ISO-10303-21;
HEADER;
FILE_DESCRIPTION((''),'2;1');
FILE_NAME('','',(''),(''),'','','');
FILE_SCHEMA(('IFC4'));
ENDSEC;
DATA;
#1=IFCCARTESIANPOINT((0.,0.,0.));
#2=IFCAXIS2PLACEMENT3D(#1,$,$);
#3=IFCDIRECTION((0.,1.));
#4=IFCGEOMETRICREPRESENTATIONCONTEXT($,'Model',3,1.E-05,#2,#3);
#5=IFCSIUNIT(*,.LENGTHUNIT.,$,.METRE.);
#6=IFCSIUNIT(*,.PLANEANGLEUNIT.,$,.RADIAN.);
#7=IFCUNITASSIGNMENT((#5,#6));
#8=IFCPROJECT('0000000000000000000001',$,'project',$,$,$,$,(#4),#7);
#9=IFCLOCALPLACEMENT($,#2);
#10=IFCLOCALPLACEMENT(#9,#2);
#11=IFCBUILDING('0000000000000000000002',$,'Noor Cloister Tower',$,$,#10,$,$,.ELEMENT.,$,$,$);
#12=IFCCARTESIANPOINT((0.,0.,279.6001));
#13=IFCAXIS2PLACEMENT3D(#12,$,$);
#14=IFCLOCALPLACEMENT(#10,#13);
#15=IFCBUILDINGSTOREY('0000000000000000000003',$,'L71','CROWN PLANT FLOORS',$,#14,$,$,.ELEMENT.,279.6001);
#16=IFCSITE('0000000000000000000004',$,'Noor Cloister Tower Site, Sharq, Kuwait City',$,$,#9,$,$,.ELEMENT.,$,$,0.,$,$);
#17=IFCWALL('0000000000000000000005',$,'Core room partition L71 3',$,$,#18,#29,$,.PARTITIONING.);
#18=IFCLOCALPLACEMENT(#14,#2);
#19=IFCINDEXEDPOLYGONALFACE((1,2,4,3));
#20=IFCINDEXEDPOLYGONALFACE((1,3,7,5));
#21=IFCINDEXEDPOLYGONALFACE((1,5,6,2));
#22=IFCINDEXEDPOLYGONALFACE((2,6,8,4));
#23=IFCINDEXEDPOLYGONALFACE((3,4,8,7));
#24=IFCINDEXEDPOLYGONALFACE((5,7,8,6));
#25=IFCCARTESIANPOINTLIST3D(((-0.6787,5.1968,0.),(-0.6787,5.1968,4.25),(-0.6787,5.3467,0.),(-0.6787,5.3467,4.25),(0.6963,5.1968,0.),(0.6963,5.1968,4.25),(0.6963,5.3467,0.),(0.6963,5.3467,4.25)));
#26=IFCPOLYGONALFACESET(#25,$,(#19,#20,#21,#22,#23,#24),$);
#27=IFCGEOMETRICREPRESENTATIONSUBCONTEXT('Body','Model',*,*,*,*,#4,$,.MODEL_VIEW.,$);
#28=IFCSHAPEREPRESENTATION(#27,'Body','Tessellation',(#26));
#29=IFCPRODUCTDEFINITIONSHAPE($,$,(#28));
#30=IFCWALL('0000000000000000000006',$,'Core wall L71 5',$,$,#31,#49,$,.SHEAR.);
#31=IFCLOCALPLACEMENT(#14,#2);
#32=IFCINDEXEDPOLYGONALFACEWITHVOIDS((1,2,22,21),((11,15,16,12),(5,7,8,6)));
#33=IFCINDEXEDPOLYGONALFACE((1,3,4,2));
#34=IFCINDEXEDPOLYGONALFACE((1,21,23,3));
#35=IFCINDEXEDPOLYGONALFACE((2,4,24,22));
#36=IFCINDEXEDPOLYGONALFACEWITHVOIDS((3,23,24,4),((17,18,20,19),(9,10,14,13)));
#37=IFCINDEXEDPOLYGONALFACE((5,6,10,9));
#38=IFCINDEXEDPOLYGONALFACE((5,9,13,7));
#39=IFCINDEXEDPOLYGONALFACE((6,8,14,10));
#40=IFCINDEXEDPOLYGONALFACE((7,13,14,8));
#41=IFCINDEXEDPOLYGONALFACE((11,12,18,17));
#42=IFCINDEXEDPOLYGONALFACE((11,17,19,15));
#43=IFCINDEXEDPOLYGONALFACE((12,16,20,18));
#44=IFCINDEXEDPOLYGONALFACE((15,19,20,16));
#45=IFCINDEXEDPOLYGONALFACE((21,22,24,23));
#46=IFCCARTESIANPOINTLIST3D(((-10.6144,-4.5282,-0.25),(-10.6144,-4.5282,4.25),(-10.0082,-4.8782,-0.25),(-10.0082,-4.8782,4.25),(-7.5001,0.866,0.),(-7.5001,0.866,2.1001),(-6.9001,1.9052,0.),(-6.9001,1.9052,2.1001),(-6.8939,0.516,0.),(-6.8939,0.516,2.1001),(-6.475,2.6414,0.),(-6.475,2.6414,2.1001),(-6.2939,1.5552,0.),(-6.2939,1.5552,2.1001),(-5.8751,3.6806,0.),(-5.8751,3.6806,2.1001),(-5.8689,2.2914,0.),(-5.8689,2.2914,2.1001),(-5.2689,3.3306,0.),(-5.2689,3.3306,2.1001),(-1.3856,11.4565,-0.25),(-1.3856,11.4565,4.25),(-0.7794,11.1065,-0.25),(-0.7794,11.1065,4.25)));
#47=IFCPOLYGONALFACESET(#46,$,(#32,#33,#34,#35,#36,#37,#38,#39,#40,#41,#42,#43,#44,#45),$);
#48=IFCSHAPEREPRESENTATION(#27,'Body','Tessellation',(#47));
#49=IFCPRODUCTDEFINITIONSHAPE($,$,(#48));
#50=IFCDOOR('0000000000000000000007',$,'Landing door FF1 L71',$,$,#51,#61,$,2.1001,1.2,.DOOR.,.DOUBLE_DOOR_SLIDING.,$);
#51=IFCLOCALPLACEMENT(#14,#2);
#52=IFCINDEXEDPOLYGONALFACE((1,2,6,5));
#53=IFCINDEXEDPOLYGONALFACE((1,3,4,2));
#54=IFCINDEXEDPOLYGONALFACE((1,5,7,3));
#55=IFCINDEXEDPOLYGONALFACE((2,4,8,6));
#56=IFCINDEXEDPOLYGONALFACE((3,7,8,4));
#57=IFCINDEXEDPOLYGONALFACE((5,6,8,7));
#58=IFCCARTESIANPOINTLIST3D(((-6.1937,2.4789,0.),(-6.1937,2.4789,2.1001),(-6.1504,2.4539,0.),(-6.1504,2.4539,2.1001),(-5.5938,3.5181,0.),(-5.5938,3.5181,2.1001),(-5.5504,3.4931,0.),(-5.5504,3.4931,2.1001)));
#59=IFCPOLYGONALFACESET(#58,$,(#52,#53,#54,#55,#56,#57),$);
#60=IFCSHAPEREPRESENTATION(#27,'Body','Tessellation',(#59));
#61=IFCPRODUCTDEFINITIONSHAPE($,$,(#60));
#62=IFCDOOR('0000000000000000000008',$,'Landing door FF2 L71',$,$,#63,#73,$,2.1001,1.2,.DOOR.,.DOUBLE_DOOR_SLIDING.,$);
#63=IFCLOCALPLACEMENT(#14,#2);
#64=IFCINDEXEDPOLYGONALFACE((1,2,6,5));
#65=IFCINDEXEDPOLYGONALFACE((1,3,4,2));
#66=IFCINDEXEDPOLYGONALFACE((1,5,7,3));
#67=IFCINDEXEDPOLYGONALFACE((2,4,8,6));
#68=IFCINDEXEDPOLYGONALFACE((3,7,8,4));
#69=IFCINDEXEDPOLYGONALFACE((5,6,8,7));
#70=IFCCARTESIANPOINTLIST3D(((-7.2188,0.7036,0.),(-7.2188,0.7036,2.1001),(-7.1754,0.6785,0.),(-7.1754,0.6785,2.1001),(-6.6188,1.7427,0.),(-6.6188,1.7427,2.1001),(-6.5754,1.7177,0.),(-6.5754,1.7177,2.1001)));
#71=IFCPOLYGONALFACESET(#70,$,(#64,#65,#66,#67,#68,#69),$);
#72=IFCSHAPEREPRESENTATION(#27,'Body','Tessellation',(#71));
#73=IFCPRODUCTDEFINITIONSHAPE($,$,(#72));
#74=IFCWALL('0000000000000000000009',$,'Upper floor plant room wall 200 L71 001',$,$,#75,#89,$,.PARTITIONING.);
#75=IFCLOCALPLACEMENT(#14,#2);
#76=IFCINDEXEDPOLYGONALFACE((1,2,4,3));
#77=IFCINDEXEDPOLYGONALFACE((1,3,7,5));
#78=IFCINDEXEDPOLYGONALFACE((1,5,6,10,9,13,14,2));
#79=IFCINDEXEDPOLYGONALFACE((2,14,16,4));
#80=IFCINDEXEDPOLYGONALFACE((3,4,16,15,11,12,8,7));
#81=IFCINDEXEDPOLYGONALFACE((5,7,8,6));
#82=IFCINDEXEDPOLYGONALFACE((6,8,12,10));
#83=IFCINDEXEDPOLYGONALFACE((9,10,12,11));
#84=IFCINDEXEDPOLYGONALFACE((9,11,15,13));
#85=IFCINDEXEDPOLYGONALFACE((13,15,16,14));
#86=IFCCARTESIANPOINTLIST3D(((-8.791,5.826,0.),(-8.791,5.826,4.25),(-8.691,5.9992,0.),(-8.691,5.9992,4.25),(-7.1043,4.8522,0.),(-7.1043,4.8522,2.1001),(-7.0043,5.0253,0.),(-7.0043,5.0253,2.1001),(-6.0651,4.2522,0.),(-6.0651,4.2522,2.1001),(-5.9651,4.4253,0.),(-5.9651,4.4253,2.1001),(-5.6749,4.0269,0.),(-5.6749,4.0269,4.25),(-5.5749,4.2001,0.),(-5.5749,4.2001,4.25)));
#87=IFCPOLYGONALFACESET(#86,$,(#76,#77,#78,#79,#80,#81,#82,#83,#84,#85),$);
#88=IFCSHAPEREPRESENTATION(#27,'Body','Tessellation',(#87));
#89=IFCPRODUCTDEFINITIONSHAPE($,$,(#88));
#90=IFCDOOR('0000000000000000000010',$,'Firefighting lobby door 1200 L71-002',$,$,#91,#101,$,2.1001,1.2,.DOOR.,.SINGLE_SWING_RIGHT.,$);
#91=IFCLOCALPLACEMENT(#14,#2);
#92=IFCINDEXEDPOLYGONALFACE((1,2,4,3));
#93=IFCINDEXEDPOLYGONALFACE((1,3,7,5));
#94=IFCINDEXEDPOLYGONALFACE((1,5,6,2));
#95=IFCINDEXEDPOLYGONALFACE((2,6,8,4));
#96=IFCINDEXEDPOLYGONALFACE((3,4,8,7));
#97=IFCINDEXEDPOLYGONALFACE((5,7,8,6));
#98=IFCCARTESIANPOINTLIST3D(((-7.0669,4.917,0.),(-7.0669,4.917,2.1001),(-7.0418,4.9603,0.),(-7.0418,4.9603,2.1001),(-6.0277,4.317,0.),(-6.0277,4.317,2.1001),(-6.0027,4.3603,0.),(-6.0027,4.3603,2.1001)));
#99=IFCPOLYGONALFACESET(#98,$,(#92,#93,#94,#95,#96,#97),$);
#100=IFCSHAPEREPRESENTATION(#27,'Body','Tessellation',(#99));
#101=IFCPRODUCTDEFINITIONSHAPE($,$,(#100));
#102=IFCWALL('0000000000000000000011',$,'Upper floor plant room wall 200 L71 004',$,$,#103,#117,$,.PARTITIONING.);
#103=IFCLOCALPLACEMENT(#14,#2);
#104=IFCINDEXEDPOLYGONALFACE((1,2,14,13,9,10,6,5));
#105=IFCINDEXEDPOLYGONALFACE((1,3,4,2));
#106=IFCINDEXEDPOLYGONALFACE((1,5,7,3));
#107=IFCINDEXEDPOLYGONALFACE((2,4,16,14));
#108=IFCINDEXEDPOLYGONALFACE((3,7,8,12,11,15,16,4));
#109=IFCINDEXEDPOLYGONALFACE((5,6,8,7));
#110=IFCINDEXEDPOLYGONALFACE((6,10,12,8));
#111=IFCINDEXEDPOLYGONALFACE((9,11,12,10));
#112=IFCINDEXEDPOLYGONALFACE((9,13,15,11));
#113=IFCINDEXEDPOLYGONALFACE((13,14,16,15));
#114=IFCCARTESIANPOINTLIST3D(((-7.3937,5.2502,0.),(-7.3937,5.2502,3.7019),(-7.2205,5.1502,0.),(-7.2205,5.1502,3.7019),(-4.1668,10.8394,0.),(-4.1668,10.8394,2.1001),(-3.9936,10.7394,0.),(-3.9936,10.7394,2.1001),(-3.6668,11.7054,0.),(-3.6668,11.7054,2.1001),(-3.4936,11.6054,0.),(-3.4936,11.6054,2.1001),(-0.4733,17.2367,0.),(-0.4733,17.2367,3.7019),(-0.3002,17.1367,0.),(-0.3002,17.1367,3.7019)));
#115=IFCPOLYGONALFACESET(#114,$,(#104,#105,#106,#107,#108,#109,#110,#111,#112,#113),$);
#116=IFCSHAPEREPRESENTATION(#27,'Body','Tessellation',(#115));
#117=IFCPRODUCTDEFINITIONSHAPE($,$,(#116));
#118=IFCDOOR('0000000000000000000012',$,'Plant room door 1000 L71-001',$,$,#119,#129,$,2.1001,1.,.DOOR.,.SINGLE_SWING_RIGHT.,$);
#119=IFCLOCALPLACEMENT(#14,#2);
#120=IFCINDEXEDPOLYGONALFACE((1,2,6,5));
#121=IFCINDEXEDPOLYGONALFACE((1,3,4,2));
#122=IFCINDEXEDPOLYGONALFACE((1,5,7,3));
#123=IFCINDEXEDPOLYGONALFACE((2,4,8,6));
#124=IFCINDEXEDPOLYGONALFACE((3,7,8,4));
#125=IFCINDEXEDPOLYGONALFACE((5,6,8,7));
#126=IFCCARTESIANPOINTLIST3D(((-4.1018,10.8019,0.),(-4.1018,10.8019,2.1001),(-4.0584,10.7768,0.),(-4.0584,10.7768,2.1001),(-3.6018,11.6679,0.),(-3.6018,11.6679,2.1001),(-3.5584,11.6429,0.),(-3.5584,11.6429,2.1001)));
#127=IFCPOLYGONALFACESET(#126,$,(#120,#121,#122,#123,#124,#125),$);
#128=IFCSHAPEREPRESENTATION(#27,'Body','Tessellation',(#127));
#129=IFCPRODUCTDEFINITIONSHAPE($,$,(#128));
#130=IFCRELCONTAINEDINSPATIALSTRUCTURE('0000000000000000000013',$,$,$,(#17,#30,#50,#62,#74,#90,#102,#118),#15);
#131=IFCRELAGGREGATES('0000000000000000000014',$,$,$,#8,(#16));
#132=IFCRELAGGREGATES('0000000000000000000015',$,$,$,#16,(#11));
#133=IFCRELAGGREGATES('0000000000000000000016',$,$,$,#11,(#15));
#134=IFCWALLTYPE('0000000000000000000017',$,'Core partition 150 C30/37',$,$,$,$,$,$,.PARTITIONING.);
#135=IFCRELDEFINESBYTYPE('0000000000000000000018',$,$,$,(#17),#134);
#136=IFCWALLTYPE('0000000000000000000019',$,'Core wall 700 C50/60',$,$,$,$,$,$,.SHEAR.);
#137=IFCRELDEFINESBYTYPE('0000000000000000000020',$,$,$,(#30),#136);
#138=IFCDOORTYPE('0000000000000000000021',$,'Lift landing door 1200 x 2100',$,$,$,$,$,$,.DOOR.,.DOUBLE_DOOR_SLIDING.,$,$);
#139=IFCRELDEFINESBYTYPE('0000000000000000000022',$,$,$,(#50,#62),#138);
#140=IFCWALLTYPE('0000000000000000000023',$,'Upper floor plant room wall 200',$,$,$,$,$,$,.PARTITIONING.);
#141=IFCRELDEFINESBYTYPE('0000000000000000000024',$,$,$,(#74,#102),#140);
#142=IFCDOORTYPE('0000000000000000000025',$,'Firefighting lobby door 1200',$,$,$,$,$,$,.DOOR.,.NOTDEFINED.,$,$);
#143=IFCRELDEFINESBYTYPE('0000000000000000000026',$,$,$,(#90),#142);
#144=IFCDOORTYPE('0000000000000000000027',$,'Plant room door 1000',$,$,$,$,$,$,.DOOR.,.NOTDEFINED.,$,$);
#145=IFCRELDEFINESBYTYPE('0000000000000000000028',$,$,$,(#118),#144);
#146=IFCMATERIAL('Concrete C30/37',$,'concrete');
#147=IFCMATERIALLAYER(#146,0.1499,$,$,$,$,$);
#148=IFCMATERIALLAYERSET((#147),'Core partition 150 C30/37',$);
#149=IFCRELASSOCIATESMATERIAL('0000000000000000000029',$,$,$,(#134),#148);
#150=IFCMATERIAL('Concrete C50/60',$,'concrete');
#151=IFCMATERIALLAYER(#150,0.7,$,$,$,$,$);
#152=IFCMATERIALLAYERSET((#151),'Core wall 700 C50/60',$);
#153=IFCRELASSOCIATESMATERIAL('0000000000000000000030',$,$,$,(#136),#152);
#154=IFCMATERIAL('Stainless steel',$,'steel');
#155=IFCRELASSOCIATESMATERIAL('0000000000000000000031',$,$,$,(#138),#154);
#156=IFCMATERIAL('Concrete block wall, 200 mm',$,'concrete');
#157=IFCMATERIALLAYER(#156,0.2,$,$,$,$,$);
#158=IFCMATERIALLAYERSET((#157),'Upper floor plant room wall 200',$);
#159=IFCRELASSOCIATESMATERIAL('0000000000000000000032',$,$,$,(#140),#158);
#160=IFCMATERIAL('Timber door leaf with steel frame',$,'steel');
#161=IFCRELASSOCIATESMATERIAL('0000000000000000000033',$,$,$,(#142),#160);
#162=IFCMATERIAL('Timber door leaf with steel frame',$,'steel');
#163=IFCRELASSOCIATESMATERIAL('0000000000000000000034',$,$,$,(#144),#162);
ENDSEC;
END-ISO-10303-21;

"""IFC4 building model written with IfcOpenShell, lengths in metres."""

from ifc_helpers import new_model, si_unit, direction, frame, frame_2d, origin, place, context, subcontext, project, spatial, rectangle, extrude, material, layer, layer_set, type_object, element, fill, save


model = new_model("IFC4")

# Units and contexts
model_context = context("Model", 3, precision=1e-05, world=origin(), true_north=direction((0.0, 1.0)))
body_context = subcontext(model_context, "Body", "Model", "MODEL_VIEW")
ifc_project = project(units=[si_unit("LENGTHUNIT", "METRE"), si_unit("PLANEANGLEUNIT", "RADIAN")], contexts=[model_context])

# Site, building, storey
site_placement = place(None, origin())
site = spatial("IfcSite", under=ifc_project, at=site_placement, Name="Noor Cloister Tower Site, Sharq, Kuwait City", CompositionType="ELEMENT", RefElevation=0.0)
building_placement = place(site_placement, origin())
building = spatial("IfcBuilding", under=site, at=building_placement, Name="Noor Cloister Tower", CompositionType="ELEMENT")
storey_placement = place(building_placement, frame((0.0, 0.0, 279.6001)))
storey = spatial("IfcBuildingStorey", under=building, at=storey_placement, Name="L71", Description="CROWN PLANT FLOORS", CompositionType="ELEMENT", Elevation=279.6001)

# Shared definitions
ifc_material_1 = material(Name="Concrete C30/37", Category="concrete")
ifc_layer_1 = layer(ifc_material_1, 0.1499)
ifc_layer_set_1 = layer_set([ifc_layer_1], Name="Core partition 150 C30/37")
wall_type_1 = type_object("IfcWallType", Name="Core partition 150 C30/37", PredefinedType="PARTITIONING", material=ifc_layer_set_1)

# Wall
wall_1_placement = place(storey_placement, frame((-0.6787, 5.2717, 0.0), z_axis=(0.0, 0.0, 1.0), x_axis=(1.0, 0.0, 0.0)))
element("IfcWall", 1, at=wall_1_placement, inside=storey, type_object=wall_type_1, Name="Core room partition L71 3", PredefinedType="PARTITIONING", context=body_context, shape_type="SweptSolid", body=[
    extrude(rectangle(XDim=1.375, YDim=0.1499, at=frame_2d((0.6875, 0.0))), origin(), (0.0, 0.0, 1.0), 4.25),
])

# Wall, openings, doors
ifc_material_2 = material(Name="Concrete C50/60", Category="concrete")
ifc_layer_2 = layer(ifc_material_2, 0.7)
ifc_layer_set_2 = layer_set([ifc_layer_2], Name="Core wall 700 C50/60")
wall_type_2 = type_object("IfcWallType", Name="Core wall 700 C50/60", PredefinedType="SHEAR", material=ifc_layer_set_2)
wall_2_placement = place(storey_placement, frame((-1.0825, 11.2815, -0.25), z_axis=(0.0, 0.0, 1.0), x_axis=(-0.500001, -0.866025, 0.0)))
wall_2 = element("IfcWall", 2, at=wall_2_placement, inside=storey, type_object=wall_type_2, Name="Core wall L71 5", PredefinedType="SHEAR", context=body_context, shape_type="SweptSolid", body=[
    extrude(rectangle(XDim=18.4575, YDim=0.7, at=frame_2d((9.2288, 0.0))), origin(), (0.0, 0.0, 1.0), 4.5),
])
opening_1_placement = place(wall_2_placement, frame((8.9788, 0.0, 0.25)))
opening_1 = element("IfcOpeningElement", 3, at=opening_1_placement, cuts=wall_2, PredefinedType="OPENING", context=body_context, shape_type="SweptSolid", body=[
    extrude(rectangle(XDim=1.2, YDim=2.1001, at=frame_2d((0.6001, 1.05))), frame((0.0, 0.3599, 0.0), z_axis=(0.0, -1.0, 0.0), x_axis=(1.0, 0.0, 0.0)), (0.0, 0.0, 1.0), 0.72),
])
opening_2_placement = place(wall_2_placement, frame((11.0288, 0.0, 0.25)))
opening_2 = element("IfcOpeningElement", 4, at=opening_2_placement, cuts=wall_2, PredefinedType="OPENING", context=body_context, shape_type="SweptSolid", body=[
    extrude(rectangle(XDim=1.2, YDim=2.1001, at=frame_2d((0.6001, 1.05))), frame((0.0, 0.3599, 0.0), z_axis=(0.0, -1.0, 0.0), x_axis=(1.0, 0.0, 0.0)), (0.0, 0.0, 1.0), 0.72),
])
ifc_material_3 = material(Name="Stainless steel", Category="steel")
door_type_1 = type_object("IfcDoorType", Name="Lift landing door 1200 x 2100", OperationType="DOUBLE_DOOR_SLIDING", PredefinedType="DOOR", material=ifc_material_3)
door_1_placement = place(opening_1_placement, origin())
door_1 = element("IfcDoor", 5, at=door_1_placement, inside=storey, type_object=door_type_1, Name="Landing door FF1 L71", OperationType="DOUBLE_DOOR_SLIDING", OverallHeight=2.1001, OverallWidth=1.2, PredefinedType="DOOR", context=body_context, shape_type="SweptSolid", body=[
    extrude(rectangle(XDim=1.2, YDim=2.1001, at=frame_2d((0.6001, 1.05))), frame((0.0, 0.0249, 0.0), z_axis=(0.0, -1.0, 0.0), x_axis=(1.0, 0.0, 0.0)), (0.0, 0.0, 1.0), 0.05),
])
fill(opening_1, door_1)
door_2_placement = place(opening_2_placement, origin())
door_2 = element("IfcDoor", 6, at=door_2_placement, inside=storey, type_object=door_type_1, Name="Landing door FF2 L71", OperationType="DOUBLE_DOOR_SLIDING", OverallHeight=2.1001, OverallWidth=1.2, PredefinedType="DOOR", context=body_context, shape_type="SweptSolid", body=[
    extrude(rectangle(XDim=1.2, YDim=2.1001, at=frame_2d((0.6001, 1.05))), frame((0.0, 0.0249, 0.0), z_axis=(0.0, -1.0, 0.0), x_axis=(1.0, 0.0, 0.0)), (0.0, 0.0, 1.0), 0.05),
])
fill(opening_2, door_2)

# Walls, openings, doors
ifc_material_4 = material(Name="Concrete block wall, 200 mm", Category="concrete")
ifc_layer_3 = layer(ifc_material_4, 0.2)
ifc_layer_set_3 = layer_set([ifc_layer_3], Name="Upper floor plant room wall 200")
wall_type_3 = type_object("IfcWallType", Name="Upper floor plant room wall 200", PredefinedType="PARTITIONING", material=ifc_layer_set_3)
wall_3_placement = place(storey_placement, frame((-8.741, 5.9126, 0.0), z_axis=(0.0, 0.0, 1.0), x_axis=(0.866017, -0.500014, 0.0)))
wall_3 = element("IfcWall", 7, at=wall_3_placement, inside=storey, type_object=wall_type_3, Name="Upper floor plant room wall 200 L71 001", PredefinedType="PARTITIONING", context=body_context, shape_type="SweptSolid", body=[
    extrude(rectangle(XDim=3.5981, YDim=0.2, at=frame_2d((1.7991, 0.0))), origin(), (0.0, 0.0, 1.0), 4.25),
])
opening_3_placement = place(wall_3_placement, frame((1.9475, 0.0, 0.0)))
opening_3 = element("IfcOpeningElement", 8, at=opening_3_placement, cuts=wall_3, PredefinedType="OPENING", context=body_context, shape_type="SweptSolid", body=[
    extrude(rectangle(XDim=1.2, YDim=2.1001, at=frame_2d((0.6001, 1.05))), frame((0.0, 0.1099, 0.0), z_axis=(0.0, -1.0, 0.0), x_axis=(1.0, 0.0, 0.0)), (0.0, 0.0, 1.0), 0.22),
])
ifc_material_5 = material(Name="Timber door leaf with steel frame", Category="steel")
door_type_2 = type_object("IfcDoorType", Name="Firefighting lobby door 1200", OperationType="NOTDEFINED", PredefinedType="DOOR", material=ifc_material_5)
door_3_placement = place(opening_3_placement, origin())
door_3 = element("IfcDoor", 9, at=door_3_placement, inside=storey, type_object=door_type_2, Name="Firefighting lobby door 1200 L71-002", OperationType="SINGLE_SWING_RIGHT", OverallHeight=2.1001, OverallWidth=1.2, PredefinedType="DOOR", context=body_context, shape_type="SweptSolid", body=[
    extrude(rectangle(XDim=1.2, YDim=2.1001, at=frame_2d((0.6001, 1.05))), frame((0.0, 0.0249, 0.0), z_axis=(0.0, -1.0, 0.0), x_axis=(1.0, 0.0, 0.0)), (0.0, 0.0, 1.0), 0.05),
])
fill(opening_3, door_3)
wall_4_placement = place(storey_placement, frame((-7.3071, 5.2002, 0.0), z_axis=(0.0, 0.0, 1.0), x_axis=(0.499998, 0.866027, 0.0)))
wall_4 = element("IfcWall", 10, at=wall_4_placement, inside=storey, type_object=wall_type_3, Name="Upper floor plant room wall 200 L71 004", PredefinedType="PARTITIONING", context=body_context, shape_type="SweptSolid", body=[
    extrude(rectangle(XDim=13.8408, YDim=0.2, at=frame_2d((6.9204, 0.0))), origin(), (0.0, 0.0, 1.0), 3.7019),
])
opening_4_placement = place(wall_4_placement, frame((6.4539, 0.0, 0.0)))
opening_4 = element("IfcOpeningElement", 11, at=opening_4_placement, cuts=wall_4, PredefinedType="OPENING", context=body_context, shape_type="SweptSolid", body=[
    extrude(rectangle(XDim=1.0, YDim=2.1001, at=frame_2d((0.5, 1.05))), frame((0.0, 0.1099, 0.0), z_axis=(0.0, -1.0, 0.0), x_axis=(1.0, 0.0, 0.0)), (0.0, 0.0, 1.0), 0.22),
])
ifc_material_6 = material(Name="Timber door leaf with steel frame", Category="steel")
door_type_3 = type_object("IfcDoorType", Name="Plant room door 1000", OperationType="NOTDEFINED", PredefinedType="DOOR", material=ifc_material_6)
door_4_placement = place(opening_4_placement, origin())
door_4 = element("IfcDoor", 12, at=door_4_placement, inside=storey, type_object=door_type_3, Name="Plant room door 1000 L71-001", OperationType="SINGLE_SWING_RIGHT", OverallHeight=2.1001, OverallWidth=1.0, PredefinedType="DOOR", context=body_context, shape_type="SweptSolid", body=[
    extrude(rectangle(XDim=1.0, YDim=2.1001, at=frame_2d((0.5, 1.05))), frame((0.0, 0.0249, 0.0), z_axis=(0.0, -1.0, 0.0), x_axis=(1.0, 0.0, 0.0)), (0.0, 0.0, 1.0), 0.05),
])
fill(opening_4, door_4)

save(model, "model.ifc")
